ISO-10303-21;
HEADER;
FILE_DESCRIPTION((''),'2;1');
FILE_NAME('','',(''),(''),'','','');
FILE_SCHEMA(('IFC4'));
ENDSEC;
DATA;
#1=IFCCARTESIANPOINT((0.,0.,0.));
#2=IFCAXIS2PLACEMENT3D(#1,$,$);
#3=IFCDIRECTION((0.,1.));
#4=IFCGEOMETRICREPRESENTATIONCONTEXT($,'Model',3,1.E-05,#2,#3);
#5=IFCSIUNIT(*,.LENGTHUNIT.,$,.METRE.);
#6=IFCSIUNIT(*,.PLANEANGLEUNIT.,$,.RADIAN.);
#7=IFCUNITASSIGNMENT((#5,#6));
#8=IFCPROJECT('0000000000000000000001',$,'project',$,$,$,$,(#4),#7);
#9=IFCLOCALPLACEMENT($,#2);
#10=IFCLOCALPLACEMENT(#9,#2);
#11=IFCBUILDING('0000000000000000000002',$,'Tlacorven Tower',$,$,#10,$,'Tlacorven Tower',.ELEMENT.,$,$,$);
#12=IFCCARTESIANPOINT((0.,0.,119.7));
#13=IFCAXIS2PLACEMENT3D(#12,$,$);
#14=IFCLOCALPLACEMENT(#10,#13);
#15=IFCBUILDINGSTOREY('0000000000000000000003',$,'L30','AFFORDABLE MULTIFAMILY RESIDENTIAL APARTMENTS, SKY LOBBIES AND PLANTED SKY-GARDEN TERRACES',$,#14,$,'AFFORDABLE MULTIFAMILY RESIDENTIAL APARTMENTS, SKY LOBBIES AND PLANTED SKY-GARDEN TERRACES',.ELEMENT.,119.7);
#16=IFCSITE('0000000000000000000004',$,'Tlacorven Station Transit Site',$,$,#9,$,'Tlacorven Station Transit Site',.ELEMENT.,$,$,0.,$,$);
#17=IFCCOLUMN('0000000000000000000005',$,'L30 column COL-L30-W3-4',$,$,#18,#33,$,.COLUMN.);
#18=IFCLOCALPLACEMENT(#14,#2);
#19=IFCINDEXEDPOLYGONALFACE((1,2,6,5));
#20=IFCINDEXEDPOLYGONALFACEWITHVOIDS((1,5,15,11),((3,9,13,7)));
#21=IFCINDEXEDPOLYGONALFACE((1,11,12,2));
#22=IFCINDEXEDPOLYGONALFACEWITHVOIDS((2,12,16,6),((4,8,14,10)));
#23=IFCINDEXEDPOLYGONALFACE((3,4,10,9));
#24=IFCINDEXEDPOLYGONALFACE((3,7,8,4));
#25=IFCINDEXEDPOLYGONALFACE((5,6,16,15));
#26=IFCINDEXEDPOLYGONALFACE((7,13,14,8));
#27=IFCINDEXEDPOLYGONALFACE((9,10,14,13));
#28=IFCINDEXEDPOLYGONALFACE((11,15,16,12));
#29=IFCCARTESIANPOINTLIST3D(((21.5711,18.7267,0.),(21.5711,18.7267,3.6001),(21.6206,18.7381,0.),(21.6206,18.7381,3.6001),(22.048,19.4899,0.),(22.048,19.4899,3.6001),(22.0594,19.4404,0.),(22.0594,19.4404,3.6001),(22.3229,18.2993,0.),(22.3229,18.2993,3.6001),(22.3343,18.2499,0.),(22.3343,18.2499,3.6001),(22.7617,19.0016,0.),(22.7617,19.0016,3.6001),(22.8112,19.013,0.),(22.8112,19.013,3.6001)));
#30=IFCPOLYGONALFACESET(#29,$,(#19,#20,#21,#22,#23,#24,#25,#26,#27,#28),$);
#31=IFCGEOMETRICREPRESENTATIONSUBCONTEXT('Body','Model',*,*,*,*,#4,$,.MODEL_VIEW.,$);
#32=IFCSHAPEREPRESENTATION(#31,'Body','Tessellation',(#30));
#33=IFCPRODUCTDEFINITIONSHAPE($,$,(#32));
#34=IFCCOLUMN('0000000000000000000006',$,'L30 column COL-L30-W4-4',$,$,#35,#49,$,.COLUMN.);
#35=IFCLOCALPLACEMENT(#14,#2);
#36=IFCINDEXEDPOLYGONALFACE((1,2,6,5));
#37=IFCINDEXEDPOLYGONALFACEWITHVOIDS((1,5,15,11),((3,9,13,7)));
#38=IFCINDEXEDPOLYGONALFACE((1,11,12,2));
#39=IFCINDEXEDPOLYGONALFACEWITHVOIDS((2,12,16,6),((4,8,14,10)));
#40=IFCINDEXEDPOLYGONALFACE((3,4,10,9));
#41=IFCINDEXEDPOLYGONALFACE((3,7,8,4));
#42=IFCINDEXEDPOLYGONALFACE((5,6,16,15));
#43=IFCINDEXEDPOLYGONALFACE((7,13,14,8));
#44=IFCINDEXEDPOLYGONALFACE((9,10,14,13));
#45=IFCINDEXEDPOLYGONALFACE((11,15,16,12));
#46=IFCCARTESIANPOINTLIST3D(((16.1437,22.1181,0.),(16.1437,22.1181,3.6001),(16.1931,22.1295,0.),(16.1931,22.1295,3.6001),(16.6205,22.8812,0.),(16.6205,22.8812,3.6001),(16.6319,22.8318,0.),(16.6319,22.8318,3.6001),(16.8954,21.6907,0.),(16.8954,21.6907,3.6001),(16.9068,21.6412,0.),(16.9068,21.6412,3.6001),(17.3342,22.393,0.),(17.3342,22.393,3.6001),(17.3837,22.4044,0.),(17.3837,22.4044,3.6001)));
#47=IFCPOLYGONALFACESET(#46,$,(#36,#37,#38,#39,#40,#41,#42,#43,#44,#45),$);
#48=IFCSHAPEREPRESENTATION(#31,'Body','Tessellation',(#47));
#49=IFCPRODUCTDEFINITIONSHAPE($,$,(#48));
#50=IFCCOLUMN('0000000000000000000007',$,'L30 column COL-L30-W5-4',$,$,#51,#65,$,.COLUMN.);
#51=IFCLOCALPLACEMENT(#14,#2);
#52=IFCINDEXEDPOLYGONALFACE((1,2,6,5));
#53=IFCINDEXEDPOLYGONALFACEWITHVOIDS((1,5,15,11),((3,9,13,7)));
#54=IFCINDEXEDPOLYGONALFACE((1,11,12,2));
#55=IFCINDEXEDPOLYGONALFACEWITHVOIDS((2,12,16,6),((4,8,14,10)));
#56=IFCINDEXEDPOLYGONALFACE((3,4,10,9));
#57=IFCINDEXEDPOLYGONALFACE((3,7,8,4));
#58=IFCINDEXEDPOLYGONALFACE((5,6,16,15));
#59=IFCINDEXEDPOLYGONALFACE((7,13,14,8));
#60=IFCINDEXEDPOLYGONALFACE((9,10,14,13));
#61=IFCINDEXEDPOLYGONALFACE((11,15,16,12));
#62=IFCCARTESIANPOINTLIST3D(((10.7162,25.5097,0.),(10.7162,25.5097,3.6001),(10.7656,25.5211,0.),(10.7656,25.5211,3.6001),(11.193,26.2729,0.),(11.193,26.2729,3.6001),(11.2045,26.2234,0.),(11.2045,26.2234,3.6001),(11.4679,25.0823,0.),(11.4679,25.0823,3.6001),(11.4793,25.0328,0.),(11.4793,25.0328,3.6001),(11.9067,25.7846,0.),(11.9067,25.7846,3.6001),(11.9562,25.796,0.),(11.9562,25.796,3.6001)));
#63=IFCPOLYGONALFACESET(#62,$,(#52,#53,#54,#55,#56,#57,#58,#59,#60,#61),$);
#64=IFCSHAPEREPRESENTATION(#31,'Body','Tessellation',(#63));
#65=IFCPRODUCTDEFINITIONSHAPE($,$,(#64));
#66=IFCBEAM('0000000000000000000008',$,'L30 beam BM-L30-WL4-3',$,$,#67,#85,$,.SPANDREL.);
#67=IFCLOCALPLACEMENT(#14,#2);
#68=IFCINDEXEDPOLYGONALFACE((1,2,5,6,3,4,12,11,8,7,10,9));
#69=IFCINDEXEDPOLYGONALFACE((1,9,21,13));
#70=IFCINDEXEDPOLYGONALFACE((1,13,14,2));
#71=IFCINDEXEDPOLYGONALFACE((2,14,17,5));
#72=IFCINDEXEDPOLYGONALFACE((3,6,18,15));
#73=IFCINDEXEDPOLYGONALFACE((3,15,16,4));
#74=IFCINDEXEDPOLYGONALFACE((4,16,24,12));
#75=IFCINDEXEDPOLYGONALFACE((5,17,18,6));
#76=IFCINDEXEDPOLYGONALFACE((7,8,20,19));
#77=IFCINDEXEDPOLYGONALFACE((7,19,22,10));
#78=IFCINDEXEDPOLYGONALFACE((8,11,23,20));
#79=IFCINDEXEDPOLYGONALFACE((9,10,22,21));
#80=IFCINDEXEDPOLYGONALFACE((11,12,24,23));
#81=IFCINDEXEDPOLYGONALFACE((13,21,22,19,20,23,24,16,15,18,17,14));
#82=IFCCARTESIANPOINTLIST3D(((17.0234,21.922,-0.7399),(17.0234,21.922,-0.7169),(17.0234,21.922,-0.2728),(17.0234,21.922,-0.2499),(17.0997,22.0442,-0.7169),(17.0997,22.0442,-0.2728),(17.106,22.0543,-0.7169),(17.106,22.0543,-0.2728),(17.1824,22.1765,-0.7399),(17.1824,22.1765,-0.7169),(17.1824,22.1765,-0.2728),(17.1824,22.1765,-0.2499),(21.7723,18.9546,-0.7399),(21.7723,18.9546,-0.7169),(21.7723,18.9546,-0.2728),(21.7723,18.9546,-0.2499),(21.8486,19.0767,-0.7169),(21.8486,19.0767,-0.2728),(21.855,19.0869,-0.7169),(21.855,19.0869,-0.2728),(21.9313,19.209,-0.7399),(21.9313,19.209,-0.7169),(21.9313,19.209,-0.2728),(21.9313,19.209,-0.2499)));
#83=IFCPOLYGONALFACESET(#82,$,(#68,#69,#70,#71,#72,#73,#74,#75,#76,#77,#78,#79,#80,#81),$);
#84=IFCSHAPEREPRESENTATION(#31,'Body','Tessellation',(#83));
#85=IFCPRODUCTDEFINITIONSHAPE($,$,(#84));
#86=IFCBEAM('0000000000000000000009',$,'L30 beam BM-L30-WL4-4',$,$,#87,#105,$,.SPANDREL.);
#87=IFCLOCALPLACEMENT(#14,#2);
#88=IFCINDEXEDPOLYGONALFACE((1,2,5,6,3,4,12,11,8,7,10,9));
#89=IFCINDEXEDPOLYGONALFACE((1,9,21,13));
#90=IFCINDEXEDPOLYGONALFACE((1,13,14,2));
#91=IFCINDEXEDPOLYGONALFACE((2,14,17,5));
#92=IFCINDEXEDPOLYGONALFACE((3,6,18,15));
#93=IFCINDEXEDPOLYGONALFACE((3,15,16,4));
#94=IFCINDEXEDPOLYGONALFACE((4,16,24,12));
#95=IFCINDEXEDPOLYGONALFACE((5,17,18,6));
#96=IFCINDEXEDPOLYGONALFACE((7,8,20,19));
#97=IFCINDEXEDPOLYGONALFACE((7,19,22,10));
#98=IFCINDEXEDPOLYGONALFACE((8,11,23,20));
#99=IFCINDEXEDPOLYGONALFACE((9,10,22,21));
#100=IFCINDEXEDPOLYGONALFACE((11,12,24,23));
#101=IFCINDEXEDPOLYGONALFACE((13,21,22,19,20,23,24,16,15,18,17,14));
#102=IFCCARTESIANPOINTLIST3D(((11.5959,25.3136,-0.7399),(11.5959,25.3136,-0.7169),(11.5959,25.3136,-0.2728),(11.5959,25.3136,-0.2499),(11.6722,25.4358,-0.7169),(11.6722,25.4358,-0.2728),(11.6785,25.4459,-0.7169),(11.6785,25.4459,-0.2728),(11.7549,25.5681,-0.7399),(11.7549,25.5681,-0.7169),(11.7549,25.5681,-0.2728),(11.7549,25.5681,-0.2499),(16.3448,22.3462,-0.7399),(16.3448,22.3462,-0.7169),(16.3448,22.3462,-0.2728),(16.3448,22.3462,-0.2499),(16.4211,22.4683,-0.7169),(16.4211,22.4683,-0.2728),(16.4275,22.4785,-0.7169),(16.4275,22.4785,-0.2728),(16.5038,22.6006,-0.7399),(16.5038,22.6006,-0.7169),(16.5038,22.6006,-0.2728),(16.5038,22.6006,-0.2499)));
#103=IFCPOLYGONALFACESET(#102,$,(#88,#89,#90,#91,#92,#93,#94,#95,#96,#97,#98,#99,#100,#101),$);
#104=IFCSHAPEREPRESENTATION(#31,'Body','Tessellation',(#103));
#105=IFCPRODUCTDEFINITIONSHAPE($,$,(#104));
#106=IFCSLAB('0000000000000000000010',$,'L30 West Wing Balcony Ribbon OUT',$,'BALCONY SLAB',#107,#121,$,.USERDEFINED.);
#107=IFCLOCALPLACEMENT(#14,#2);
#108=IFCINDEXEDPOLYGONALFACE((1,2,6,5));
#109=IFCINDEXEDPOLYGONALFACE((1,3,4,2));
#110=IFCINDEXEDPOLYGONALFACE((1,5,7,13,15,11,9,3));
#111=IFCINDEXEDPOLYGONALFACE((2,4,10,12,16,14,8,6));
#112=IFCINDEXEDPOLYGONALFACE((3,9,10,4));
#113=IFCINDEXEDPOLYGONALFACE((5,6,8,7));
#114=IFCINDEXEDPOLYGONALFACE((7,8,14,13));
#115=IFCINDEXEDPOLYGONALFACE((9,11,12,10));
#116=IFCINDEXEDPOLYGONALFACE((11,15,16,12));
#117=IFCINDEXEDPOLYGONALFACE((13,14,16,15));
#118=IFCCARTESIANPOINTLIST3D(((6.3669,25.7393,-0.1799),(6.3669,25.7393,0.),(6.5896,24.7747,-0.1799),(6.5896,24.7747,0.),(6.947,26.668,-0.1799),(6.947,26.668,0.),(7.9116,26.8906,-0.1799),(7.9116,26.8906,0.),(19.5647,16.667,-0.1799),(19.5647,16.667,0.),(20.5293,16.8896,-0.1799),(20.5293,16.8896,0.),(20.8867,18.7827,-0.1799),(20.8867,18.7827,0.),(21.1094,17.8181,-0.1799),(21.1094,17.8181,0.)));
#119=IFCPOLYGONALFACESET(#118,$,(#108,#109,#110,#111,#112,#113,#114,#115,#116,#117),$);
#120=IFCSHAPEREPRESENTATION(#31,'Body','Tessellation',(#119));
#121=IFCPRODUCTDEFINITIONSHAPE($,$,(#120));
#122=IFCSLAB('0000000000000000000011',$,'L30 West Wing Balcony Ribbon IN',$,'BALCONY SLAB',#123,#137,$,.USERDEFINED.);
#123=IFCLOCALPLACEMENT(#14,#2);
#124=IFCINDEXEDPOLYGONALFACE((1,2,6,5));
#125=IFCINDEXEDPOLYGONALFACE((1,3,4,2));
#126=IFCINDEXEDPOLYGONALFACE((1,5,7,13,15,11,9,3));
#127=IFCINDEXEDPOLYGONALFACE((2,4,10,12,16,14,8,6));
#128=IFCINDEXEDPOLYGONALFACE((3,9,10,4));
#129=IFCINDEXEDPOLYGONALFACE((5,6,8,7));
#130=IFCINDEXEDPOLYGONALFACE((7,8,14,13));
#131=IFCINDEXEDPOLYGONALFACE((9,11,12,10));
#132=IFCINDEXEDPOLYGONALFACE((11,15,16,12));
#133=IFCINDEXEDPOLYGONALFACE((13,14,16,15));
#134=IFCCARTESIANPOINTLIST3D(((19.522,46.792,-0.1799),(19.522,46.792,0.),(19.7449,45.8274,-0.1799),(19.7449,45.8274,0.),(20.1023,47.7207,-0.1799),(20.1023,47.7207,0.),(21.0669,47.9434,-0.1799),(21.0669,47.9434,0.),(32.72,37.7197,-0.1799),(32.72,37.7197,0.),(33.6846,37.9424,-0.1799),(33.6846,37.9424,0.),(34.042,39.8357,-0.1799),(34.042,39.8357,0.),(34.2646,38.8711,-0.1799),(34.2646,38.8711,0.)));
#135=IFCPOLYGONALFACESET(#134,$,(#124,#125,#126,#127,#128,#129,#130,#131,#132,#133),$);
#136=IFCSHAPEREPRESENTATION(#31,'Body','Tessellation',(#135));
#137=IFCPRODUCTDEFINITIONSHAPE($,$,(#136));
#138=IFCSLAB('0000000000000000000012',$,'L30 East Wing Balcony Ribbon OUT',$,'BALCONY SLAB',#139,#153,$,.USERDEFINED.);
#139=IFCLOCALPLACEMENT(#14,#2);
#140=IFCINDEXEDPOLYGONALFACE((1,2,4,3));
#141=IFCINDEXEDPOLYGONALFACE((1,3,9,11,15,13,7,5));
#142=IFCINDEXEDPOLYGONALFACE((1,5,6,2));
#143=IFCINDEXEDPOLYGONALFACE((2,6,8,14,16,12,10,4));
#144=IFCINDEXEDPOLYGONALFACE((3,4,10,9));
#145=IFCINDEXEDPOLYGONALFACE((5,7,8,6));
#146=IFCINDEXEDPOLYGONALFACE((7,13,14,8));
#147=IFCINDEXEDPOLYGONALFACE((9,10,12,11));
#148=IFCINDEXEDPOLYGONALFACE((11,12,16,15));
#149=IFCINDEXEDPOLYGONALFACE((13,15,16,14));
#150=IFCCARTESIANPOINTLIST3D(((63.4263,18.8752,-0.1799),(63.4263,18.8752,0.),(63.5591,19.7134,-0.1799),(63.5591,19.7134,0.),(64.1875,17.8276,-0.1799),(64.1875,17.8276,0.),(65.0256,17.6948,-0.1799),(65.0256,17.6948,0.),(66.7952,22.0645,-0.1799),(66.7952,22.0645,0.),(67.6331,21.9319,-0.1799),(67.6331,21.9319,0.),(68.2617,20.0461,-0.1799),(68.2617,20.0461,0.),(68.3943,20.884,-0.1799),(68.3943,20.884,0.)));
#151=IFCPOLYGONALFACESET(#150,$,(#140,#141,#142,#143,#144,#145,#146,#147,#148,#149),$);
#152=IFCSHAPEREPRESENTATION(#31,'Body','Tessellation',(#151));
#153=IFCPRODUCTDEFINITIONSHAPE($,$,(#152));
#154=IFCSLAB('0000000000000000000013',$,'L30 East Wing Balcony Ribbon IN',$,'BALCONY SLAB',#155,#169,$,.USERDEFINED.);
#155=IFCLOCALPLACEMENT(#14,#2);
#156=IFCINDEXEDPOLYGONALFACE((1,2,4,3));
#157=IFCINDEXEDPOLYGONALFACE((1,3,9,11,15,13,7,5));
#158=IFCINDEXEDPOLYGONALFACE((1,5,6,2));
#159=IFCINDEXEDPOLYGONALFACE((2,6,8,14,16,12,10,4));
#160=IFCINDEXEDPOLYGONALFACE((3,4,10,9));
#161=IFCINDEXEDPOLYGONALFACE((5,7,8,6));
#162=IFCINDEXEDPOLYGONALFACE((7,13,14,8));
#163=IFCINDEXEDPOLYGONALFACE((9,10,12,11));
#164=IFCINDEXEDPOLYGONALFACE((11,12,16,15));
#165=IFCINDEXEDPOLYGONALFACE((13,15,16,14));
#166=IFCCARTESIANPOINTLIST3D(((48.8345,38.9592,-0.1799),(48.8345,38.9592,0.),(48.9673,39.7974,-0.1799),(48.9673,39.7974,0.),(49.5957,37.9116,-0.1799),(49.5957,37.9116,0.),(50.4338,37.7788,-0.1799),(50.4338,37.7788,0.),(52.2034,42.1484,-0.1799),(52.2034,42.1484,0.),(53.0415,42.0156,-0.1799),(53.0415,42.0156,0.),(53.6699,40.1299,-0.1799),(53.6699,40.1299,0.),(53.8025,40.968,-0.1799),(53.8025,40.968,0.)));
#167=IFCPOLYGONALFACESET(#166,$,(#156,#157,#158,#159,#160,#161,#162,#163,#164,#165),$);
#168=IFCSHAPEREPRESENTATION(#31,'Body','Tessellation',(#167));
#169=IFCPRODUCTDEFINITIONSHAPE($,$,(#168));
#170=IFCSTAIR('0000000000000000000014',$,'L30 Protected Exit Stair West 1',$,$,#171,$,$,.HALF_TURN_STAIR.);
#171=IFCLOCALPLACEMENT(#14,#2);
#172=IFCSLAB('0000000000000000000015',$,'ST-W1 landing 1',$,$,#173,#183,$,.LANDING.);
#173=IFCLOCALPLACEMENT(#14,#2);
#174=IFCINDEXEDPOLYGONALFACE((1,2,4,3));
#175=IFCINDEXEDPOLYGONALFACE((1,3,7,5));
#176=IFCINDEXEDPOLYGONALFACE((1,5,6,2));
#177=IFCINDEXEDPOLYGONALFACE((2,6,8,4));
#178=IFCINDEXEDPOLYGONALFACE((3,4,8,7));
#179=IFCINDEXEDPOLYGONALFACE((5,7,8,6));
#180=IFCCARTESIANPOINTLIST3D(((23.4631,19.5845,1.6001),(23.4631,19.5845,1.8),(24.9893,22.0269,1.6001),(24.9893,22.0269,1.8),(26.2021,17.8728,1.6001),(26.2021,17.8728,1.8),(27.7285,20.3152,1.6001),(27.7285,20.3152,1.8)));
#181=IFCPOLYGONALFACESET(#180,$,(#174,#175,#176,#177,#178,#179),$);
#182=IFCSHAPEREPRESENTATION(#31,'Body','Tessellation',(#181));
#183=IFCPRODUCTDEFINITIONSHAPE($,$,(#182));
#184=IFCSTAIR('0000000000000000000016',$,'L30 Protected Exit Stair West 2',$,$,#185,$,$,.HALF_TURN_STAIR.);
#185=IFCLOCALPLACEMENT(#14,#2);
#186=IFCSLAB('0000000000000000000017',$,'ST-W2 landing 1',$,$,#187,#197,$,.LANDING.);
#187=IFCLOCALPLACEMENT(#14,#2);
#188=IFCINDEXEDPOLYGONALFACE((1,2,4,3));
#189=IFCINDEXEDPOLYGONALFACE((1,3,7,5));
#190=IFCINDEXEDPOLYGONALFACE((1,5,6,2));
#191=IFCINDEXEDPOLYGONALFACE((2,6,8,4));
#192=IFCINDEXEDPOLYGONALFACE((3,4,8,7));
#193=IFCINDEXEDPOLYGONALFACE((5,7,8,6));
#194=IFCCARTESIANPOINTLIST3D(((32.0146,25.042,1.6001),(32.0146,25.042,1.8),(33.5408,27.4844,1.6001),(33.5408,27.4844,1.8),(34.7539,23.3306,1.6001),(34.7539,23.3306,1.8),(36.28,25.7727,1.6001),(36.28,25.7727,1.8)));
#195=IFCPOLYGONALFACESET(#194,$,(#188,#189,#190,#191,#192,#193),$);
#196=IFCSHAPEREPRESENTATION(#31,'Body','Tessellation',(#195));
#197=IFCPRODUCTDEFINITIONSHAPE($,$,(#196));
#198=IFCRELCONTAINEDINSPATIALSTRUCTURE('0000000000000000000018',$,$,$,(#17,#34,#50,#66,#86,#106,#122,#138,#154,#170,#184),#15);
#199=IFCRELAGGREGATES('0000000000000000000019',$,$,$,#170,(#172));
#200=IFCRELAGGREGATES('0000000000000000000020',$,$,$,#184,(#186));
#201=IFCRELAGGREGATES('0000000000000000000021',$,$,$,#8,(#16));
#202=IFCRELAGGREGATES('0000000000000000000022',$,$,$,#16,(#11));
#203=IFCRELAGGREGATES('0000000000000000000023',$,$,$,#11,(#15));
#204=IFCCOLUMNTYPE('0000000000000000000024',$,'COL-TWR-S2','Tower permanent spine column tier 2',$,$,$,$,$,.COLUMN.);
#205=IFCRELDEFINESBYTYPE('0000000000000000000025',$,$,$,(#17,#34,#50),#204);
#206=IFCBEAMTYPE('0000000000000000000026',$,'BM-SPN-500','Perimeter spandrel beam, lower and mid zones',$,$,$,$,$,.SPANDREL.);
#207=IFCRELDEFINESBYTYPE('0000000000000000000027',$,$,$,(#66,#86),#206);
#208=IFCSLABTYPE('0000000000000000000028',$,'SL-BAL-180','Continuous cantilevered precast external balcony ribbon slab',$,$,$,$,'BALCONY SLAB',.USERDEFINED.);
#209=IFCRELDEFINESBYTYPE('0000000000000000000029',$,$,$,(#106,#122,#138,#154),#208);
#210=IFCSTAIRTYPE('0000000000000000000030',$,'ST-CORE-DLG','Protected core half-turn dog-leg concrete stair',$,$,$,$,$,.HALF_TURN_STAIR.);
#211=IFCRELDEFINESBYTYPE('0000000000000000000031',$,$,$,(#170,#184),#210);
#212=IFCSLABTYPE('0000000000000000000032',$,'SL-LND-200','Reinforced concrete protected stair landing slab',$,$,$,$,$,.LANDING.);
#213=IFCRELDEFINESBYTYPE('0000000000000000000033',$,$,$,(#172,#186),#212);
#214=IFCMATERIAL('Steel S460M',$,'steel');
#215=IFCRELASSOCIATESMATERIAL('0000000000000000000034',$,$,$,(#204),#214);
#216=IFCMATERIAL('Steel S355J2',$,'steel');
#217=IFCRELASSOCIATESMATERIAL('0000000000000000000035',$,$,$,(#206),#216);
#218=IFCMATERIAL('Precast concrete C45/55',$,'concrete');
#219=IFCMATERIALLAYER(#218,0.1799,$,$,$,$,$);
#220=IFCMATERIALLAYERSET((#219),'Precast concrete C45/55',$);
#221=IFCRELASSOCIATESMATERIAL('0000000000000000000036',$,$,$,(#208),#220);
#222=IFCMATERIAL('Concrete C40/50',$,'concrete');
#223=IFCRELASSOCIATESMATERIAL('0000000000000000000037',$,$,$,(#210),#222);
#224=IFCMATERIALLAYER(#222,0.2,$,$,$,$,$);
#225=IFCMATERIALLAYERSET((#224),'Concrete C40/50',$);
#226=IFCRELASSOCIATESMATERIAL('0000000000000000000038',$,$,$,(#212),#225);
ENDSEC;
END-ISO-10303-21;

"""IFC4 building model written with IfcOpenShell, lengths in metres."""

from ifc_helpers import new_model, si_unit, direction, frame, origin, origin_2d, place, context, subcontext, project, spatial, polyline, hollow_rectangle, i_section, outline, extrude, source, transform, mapped, material, layer, layer_set, material_profile, profile_set, type_object, element, aggregate, save


model = new_model("IFC4")

# Units and contexts
model_context = context("Model", 3, precision=1e-05, world=origin(), true_north=direction((0.0, 1.0)))
body_context = subcontext(model_context, "Body", "Model", "MODEL_VIEW")
ifc_project = project(units=[si_unit("LENGTHUNIT", "METRE"), si_unit("PLANEANGLEUNIT", "RADIAN")], contexts=[model_context])

# Site, building, storey
site_placement = place(None, origin())
site = spatial("IfcSite", under=ifc_project, at=site_placement, Name="Tlacorven Station Transit Site", LongName="Tlacorven Station Transit Site", CompositionType="ELEMENT", RefElevation=0.0)
building_placement = place(site_placement, origin())
building = spatial("IfcBuilding", under=site, at=building_placement, Name="Tlacorven Tower", LongName="Tlacorven Tower", CompositionType="ELEMENT")
storey_placement = place(building_placement, frame((0.0, 0.0, 119.7)))
storey = spatial("IfcBuildingStorey", under=building, at=storey_placement, Name="L30", Description="AFFORDABLE MULTIFAMILY RESIDENTIAL APARTMENTS, SKY LOBBIES AND PLANTED SKY-GARDEN TERRACES", LongName="AFFORDABLE MULTIFAMILY RESIDENTIAL APARTMENTS, SKY LOBBIES AND PLANTED SKY-GARDEN TERRACES", CompositionType="ELEMENT", Elevation=119.7)

# Columns
ifc_material_1 = material(Name="Steel S460M", Category="steel")
ifc_material_profile_1 = material_profile(ifc_material_1, hollow_rectangle(XDim=0.8999, YDim=0.8999, WallThickness=0.0359, at=origin_2d()), Name="BOX 900X900X36")
ifc_profile_set_1 = profile_set([ifc_material_profile_1], Name="Steel S460M")
column_type = type_object("IfcColumnType", Name="COL-TWR-S2", Description="Tower permanent spine column tier 2", PredefinedType="COLUMN", material=ifc_profile_set_1)
shared_shape_1 = source(origin(), body_context, "Body", "SweptSolid", [
    extrude(hollow_rectangle(XDim=0.8999, YDim=0.8999, WallThickness=0.0359, at=origin_2d()), origin(), (0.0, 0.0, 1.0), 3.6001),
])
for number, where, z_axis, x_axis, name in (
    (1, (22.1912, 18.8699, 0.0), (0.0, 0.0, 1.0), (-0.848048, 0.529919, 0.0), "L30 column COL-L30-W3-4"),
    (2, (16.7637, 22.2612, 0.0), (0.0, 0.0, 1.0), (-0.848048, 0.529919, 0.0), "L30 column COL-L30-W4-4"),
    (3, (11.3362, 25.6528, 0.0), (0.0, 0.0, 1.0), (-0.848048, 0.529919, 0.0), "L30 column COL-L30-W5-4"),
):
    element("IfcColumn", number, at=place(storey_placement, frame(where, z_axis=z_axis, x_axis=x_axis)), inside=storey, type_object=column_type, Name=name, PredefinedType="COLUMN", context=body_context, shape_type="MappedRepresentation", body=[
        mapped(shared_shape_1, transform((0.0, 0.0, 0.0), scale=1.0)),
    ])

# Beams
ifc_material_2 = material(Name="Steel S355J2", Category="steel")
ifc_material_profile_2 = material_profile(ifc_material_2, i_section(OverallWidth=0.3, OverallDepth=0.49, WebThickness=0.012, FlangeThickness=0.0229, at=origin_2d()), Name="HEA 500")
ifc_profile_set_2 = profile_set([ifc_material_profile_2], Name="Steel S355J2")
beam_type = type_object("IfcBeamType", Name="BM-SPN-500", Description="Perimeter spandrel beam, lower and mid zones", PredefinedType="SPANDREL", material=ifc_profile_set_2)
shared_shape_2 = source(origin(), body_context, "Body", "SweptSolid", [
    extrude(i_section(OverallWidth=0.3, OverallDepth=0.49, WebThickness=0.012, FlangeThickness=0.0229, at=origin_2d()), origin(), (0.0, 0.0, 1.0), 5.5999),
])
for number, where, z_axis, x_axis, name in (
    (4, (21.8518, 19.0818, -0.4949), (-0.848047, 0.529921, 0.0), (-0.529921, -0.848047, 0.0), "L30 beam BM-L30-WL4-3"),
    (5, (16.4243, 22.4734, -0.4949), (-0.848047, 0.529921, 0.0), (-0.529921, -0.848047, 0.0), "L30 beam BM-L30-WL4-4"),
):
    element("IfcBeam", number, at=place(storey_placement, frame(where, z_axis=z_axis, x_axis=x_axis)), inside=storey, type_object=beam_type, Name=name, PredefinedType="SPANDREL", context=body_context, shape_type="MappedRepresentation", body=[
        mapped(shared_shape_2, transform((0.0, 0.0, 0.0), scale=1.0)),
    ])

# Slabs
ifc_material_3 = material(Name="Precast concrete C45/55", Category="concrete")
ifc_layer_1 = layer(ifc_material_3, 0.1799)
ifc_layer_set_1 = layer_set([ifc_layer_1], Name="Precast concrete C45/55")
slab_type_1 = type_object("IfcSlabType", Name="SL-BAL-180", Description="Continuous cantilevered precast external balcony ribbon slab", ElementType="BALCONY SLAB", PredefinedType="USERDEFINED", material=ifc_layer_set_1)
slab_1_placement = place(storey_placement, frame((0.0, 0.0, -0.1799)))
element("IfcSlab", 6, at=slab_1_placement, inside=storey, type_object=slab_type_1, Name="L30 West Wing Balcony Ribbon OUT", ObjectType="BALCONY SLAB", PredefinedType="USERDEFINED", context=body_context, shape_type="SweptSolid", body=[
    extrude(outline(polyline([(20.8867, 18.7827), (7.9116, 26.8906), (6.947, 26.668), (6.3669, 25.7393), (6.5896, 24.7747), (19.5647, 16.667), (20.5293, 16.8896), (21.1094, 17.8181), (20.8867, 18.7827)])), origin(), (0.0, 0.0, 1.0), 0.1799),
])
slab_2_placement = place(storey_placement, frame((0.0, 0.0, -0.1799)))
element("IfcSlab", 7, at=slab_2_placement, inside=storey, type_object=slab_type_1, Name="L30 West Wing Balcony Ribbon IN", ObjectType="BALCONY SLAB", PredefinedType="USERDEFINED", context=body_context, shape_type="SweptSolid", body=[
    extrude(outline(polyline([(34.042, 39.8357), (21.0669, 47.9434), (20.1023, 47.7207), (19.522, 46.792), (19.7449, 45.8274), (32.72, 37.7197), (33.6846, 37.9424), (34.2646, 38.8711), (34.042, 39.8357)])), origin(), (0.0, 0.0, 1.0), 0.1799),
])
slab_3_placement = place(storey_placement, frame((0.0, 0.0, -0.1799)))
element("IfcSlab", 8, at=slab_3_placement, inside=storey, type_object=slab_type_1, Name="L30 East Wing Balcony Ribbon OUT", ObjectType="BALCONY SLAB", PredefinedType="USERDEFINED", context=body_context, shape_type="SweptSolid", body=[
    extrude(outline(polyline([(65.0256, 17.6948), (68.2617, 20.0461), (68.3943, 20.884), (67.6331, 21.9319), (66.7952, 22.0645), (63.5591, 19.7134), (63.4263, 18.8752), (64.1875, 17.8276), (65.0256, 17.6948)])), origin(), (0.0, 0.0, 1.0), 0.1799),
])
slab_4_placement = place(storey_placement, frame((0.0, 0.0, -0.1799)))
element("IfcSlab", 9, at=slab_4_placement, inside=storey, type_object=slab_type_1, Name="L30 East Wing Balcony Ribbon IN", ObjectType="BALCONY SLAB", PredefinedType="USERDEFINED", context=body_context, shape_type="SweptSolid", body=[
    extrude(outline(polyline([(50.4338, 37.7788), (53.6699, 40.1299), (53.8025, 40.968), (53.0415, 42.0156), (52.2034, 42.1484), (48.9673, 39.7974), (48.8345, 38.9592), (49.5957, 37.9116), (50.4338, 37.7788)])), origin(), (0.0, 0.0, 1.0), 0.1799),
])

# Stairs, slabs
ifc_material_4 = material(Name="Concrete C40/50", Category="concrete")
stair_type = type_object("IfcStairType", Name="ST-CORE-DLG", Description="Protected core half-turn dog-leg concrete stair", PredefinedType="HALF_TURN_STAIR", material=ifc_material_4)
stair_1_placement = place(storey_placement, origin())
stair_1 = element("IfcStair", 10, at=stair_1_placement, inside=storey, type_object=stair_type, Name="L30 Protected Exit Stair West 1", PredefinedType="HALF_TURN_STAIR")
ifc_layer_2 = layer(ifc_material_4, 0.2)
ifc_layer_set_2 = layer_set([ifc_layer_2], Name="Concrete C40/50")
slab_type_2 = type_object("IfcSlabType", Name="SL-LND-200", Description="Reinforced concrete protected stair landing slab", PredefinedType="LANDING", material=ifc_layer_set_2)
slab_5_placement = place(storey_placement, frame((0.0, 0.0, 1.6001)))
slab_5 = element("IfcSlab", 11, at=slab_5_placement, type_object=slab_type_2, Name="ST-W1 landing 1", PredefinedType="LANDING", context=body_context, shape_type="SweptSolid", body=[
    extrude(outline(polyline([(27.7285, 20.3152), (24.9893, 22.0269), (23.4631, 19.5845), (26.2021, 17.8728), (27.7285, 20.3152)])), origin(), (0.0, 0.0, 1.0), 0.2),
])
aggregate(stair_1, [slab_5])
stair_2_placement = place(storey_placement, origin())
stair_2 = element("IfcStair", 12, at=stair_2_placement, inside=storey, type_object=stair_type, Name="L30 Protected Exit Stair West 2", PredefinedType="HALF_TURN_STAIR")
slab_6_placement = place(storey_placement, frame((0.0, 0.0, 1.6001)))
slab_6 = element("IfcSlab", 13, at=slab_6_placement, type_object=slab_type_2, Name="ST-W2 landing 1", PredefinedType="LANDING", context=body_context, shape_type="SweptSolid", body=[
    extrude(outline(polyline([(36.28, 25.7727), (33.5408, 27.4844), (32.0146, 25.042), (34.7539, 23.3306), (36.28, 25.7727)])), origin(), (0.0, 0.0, 1.0), 0.2),
])
aggregate(stair_2, [slab_6])

save(model, "model.ifc")
